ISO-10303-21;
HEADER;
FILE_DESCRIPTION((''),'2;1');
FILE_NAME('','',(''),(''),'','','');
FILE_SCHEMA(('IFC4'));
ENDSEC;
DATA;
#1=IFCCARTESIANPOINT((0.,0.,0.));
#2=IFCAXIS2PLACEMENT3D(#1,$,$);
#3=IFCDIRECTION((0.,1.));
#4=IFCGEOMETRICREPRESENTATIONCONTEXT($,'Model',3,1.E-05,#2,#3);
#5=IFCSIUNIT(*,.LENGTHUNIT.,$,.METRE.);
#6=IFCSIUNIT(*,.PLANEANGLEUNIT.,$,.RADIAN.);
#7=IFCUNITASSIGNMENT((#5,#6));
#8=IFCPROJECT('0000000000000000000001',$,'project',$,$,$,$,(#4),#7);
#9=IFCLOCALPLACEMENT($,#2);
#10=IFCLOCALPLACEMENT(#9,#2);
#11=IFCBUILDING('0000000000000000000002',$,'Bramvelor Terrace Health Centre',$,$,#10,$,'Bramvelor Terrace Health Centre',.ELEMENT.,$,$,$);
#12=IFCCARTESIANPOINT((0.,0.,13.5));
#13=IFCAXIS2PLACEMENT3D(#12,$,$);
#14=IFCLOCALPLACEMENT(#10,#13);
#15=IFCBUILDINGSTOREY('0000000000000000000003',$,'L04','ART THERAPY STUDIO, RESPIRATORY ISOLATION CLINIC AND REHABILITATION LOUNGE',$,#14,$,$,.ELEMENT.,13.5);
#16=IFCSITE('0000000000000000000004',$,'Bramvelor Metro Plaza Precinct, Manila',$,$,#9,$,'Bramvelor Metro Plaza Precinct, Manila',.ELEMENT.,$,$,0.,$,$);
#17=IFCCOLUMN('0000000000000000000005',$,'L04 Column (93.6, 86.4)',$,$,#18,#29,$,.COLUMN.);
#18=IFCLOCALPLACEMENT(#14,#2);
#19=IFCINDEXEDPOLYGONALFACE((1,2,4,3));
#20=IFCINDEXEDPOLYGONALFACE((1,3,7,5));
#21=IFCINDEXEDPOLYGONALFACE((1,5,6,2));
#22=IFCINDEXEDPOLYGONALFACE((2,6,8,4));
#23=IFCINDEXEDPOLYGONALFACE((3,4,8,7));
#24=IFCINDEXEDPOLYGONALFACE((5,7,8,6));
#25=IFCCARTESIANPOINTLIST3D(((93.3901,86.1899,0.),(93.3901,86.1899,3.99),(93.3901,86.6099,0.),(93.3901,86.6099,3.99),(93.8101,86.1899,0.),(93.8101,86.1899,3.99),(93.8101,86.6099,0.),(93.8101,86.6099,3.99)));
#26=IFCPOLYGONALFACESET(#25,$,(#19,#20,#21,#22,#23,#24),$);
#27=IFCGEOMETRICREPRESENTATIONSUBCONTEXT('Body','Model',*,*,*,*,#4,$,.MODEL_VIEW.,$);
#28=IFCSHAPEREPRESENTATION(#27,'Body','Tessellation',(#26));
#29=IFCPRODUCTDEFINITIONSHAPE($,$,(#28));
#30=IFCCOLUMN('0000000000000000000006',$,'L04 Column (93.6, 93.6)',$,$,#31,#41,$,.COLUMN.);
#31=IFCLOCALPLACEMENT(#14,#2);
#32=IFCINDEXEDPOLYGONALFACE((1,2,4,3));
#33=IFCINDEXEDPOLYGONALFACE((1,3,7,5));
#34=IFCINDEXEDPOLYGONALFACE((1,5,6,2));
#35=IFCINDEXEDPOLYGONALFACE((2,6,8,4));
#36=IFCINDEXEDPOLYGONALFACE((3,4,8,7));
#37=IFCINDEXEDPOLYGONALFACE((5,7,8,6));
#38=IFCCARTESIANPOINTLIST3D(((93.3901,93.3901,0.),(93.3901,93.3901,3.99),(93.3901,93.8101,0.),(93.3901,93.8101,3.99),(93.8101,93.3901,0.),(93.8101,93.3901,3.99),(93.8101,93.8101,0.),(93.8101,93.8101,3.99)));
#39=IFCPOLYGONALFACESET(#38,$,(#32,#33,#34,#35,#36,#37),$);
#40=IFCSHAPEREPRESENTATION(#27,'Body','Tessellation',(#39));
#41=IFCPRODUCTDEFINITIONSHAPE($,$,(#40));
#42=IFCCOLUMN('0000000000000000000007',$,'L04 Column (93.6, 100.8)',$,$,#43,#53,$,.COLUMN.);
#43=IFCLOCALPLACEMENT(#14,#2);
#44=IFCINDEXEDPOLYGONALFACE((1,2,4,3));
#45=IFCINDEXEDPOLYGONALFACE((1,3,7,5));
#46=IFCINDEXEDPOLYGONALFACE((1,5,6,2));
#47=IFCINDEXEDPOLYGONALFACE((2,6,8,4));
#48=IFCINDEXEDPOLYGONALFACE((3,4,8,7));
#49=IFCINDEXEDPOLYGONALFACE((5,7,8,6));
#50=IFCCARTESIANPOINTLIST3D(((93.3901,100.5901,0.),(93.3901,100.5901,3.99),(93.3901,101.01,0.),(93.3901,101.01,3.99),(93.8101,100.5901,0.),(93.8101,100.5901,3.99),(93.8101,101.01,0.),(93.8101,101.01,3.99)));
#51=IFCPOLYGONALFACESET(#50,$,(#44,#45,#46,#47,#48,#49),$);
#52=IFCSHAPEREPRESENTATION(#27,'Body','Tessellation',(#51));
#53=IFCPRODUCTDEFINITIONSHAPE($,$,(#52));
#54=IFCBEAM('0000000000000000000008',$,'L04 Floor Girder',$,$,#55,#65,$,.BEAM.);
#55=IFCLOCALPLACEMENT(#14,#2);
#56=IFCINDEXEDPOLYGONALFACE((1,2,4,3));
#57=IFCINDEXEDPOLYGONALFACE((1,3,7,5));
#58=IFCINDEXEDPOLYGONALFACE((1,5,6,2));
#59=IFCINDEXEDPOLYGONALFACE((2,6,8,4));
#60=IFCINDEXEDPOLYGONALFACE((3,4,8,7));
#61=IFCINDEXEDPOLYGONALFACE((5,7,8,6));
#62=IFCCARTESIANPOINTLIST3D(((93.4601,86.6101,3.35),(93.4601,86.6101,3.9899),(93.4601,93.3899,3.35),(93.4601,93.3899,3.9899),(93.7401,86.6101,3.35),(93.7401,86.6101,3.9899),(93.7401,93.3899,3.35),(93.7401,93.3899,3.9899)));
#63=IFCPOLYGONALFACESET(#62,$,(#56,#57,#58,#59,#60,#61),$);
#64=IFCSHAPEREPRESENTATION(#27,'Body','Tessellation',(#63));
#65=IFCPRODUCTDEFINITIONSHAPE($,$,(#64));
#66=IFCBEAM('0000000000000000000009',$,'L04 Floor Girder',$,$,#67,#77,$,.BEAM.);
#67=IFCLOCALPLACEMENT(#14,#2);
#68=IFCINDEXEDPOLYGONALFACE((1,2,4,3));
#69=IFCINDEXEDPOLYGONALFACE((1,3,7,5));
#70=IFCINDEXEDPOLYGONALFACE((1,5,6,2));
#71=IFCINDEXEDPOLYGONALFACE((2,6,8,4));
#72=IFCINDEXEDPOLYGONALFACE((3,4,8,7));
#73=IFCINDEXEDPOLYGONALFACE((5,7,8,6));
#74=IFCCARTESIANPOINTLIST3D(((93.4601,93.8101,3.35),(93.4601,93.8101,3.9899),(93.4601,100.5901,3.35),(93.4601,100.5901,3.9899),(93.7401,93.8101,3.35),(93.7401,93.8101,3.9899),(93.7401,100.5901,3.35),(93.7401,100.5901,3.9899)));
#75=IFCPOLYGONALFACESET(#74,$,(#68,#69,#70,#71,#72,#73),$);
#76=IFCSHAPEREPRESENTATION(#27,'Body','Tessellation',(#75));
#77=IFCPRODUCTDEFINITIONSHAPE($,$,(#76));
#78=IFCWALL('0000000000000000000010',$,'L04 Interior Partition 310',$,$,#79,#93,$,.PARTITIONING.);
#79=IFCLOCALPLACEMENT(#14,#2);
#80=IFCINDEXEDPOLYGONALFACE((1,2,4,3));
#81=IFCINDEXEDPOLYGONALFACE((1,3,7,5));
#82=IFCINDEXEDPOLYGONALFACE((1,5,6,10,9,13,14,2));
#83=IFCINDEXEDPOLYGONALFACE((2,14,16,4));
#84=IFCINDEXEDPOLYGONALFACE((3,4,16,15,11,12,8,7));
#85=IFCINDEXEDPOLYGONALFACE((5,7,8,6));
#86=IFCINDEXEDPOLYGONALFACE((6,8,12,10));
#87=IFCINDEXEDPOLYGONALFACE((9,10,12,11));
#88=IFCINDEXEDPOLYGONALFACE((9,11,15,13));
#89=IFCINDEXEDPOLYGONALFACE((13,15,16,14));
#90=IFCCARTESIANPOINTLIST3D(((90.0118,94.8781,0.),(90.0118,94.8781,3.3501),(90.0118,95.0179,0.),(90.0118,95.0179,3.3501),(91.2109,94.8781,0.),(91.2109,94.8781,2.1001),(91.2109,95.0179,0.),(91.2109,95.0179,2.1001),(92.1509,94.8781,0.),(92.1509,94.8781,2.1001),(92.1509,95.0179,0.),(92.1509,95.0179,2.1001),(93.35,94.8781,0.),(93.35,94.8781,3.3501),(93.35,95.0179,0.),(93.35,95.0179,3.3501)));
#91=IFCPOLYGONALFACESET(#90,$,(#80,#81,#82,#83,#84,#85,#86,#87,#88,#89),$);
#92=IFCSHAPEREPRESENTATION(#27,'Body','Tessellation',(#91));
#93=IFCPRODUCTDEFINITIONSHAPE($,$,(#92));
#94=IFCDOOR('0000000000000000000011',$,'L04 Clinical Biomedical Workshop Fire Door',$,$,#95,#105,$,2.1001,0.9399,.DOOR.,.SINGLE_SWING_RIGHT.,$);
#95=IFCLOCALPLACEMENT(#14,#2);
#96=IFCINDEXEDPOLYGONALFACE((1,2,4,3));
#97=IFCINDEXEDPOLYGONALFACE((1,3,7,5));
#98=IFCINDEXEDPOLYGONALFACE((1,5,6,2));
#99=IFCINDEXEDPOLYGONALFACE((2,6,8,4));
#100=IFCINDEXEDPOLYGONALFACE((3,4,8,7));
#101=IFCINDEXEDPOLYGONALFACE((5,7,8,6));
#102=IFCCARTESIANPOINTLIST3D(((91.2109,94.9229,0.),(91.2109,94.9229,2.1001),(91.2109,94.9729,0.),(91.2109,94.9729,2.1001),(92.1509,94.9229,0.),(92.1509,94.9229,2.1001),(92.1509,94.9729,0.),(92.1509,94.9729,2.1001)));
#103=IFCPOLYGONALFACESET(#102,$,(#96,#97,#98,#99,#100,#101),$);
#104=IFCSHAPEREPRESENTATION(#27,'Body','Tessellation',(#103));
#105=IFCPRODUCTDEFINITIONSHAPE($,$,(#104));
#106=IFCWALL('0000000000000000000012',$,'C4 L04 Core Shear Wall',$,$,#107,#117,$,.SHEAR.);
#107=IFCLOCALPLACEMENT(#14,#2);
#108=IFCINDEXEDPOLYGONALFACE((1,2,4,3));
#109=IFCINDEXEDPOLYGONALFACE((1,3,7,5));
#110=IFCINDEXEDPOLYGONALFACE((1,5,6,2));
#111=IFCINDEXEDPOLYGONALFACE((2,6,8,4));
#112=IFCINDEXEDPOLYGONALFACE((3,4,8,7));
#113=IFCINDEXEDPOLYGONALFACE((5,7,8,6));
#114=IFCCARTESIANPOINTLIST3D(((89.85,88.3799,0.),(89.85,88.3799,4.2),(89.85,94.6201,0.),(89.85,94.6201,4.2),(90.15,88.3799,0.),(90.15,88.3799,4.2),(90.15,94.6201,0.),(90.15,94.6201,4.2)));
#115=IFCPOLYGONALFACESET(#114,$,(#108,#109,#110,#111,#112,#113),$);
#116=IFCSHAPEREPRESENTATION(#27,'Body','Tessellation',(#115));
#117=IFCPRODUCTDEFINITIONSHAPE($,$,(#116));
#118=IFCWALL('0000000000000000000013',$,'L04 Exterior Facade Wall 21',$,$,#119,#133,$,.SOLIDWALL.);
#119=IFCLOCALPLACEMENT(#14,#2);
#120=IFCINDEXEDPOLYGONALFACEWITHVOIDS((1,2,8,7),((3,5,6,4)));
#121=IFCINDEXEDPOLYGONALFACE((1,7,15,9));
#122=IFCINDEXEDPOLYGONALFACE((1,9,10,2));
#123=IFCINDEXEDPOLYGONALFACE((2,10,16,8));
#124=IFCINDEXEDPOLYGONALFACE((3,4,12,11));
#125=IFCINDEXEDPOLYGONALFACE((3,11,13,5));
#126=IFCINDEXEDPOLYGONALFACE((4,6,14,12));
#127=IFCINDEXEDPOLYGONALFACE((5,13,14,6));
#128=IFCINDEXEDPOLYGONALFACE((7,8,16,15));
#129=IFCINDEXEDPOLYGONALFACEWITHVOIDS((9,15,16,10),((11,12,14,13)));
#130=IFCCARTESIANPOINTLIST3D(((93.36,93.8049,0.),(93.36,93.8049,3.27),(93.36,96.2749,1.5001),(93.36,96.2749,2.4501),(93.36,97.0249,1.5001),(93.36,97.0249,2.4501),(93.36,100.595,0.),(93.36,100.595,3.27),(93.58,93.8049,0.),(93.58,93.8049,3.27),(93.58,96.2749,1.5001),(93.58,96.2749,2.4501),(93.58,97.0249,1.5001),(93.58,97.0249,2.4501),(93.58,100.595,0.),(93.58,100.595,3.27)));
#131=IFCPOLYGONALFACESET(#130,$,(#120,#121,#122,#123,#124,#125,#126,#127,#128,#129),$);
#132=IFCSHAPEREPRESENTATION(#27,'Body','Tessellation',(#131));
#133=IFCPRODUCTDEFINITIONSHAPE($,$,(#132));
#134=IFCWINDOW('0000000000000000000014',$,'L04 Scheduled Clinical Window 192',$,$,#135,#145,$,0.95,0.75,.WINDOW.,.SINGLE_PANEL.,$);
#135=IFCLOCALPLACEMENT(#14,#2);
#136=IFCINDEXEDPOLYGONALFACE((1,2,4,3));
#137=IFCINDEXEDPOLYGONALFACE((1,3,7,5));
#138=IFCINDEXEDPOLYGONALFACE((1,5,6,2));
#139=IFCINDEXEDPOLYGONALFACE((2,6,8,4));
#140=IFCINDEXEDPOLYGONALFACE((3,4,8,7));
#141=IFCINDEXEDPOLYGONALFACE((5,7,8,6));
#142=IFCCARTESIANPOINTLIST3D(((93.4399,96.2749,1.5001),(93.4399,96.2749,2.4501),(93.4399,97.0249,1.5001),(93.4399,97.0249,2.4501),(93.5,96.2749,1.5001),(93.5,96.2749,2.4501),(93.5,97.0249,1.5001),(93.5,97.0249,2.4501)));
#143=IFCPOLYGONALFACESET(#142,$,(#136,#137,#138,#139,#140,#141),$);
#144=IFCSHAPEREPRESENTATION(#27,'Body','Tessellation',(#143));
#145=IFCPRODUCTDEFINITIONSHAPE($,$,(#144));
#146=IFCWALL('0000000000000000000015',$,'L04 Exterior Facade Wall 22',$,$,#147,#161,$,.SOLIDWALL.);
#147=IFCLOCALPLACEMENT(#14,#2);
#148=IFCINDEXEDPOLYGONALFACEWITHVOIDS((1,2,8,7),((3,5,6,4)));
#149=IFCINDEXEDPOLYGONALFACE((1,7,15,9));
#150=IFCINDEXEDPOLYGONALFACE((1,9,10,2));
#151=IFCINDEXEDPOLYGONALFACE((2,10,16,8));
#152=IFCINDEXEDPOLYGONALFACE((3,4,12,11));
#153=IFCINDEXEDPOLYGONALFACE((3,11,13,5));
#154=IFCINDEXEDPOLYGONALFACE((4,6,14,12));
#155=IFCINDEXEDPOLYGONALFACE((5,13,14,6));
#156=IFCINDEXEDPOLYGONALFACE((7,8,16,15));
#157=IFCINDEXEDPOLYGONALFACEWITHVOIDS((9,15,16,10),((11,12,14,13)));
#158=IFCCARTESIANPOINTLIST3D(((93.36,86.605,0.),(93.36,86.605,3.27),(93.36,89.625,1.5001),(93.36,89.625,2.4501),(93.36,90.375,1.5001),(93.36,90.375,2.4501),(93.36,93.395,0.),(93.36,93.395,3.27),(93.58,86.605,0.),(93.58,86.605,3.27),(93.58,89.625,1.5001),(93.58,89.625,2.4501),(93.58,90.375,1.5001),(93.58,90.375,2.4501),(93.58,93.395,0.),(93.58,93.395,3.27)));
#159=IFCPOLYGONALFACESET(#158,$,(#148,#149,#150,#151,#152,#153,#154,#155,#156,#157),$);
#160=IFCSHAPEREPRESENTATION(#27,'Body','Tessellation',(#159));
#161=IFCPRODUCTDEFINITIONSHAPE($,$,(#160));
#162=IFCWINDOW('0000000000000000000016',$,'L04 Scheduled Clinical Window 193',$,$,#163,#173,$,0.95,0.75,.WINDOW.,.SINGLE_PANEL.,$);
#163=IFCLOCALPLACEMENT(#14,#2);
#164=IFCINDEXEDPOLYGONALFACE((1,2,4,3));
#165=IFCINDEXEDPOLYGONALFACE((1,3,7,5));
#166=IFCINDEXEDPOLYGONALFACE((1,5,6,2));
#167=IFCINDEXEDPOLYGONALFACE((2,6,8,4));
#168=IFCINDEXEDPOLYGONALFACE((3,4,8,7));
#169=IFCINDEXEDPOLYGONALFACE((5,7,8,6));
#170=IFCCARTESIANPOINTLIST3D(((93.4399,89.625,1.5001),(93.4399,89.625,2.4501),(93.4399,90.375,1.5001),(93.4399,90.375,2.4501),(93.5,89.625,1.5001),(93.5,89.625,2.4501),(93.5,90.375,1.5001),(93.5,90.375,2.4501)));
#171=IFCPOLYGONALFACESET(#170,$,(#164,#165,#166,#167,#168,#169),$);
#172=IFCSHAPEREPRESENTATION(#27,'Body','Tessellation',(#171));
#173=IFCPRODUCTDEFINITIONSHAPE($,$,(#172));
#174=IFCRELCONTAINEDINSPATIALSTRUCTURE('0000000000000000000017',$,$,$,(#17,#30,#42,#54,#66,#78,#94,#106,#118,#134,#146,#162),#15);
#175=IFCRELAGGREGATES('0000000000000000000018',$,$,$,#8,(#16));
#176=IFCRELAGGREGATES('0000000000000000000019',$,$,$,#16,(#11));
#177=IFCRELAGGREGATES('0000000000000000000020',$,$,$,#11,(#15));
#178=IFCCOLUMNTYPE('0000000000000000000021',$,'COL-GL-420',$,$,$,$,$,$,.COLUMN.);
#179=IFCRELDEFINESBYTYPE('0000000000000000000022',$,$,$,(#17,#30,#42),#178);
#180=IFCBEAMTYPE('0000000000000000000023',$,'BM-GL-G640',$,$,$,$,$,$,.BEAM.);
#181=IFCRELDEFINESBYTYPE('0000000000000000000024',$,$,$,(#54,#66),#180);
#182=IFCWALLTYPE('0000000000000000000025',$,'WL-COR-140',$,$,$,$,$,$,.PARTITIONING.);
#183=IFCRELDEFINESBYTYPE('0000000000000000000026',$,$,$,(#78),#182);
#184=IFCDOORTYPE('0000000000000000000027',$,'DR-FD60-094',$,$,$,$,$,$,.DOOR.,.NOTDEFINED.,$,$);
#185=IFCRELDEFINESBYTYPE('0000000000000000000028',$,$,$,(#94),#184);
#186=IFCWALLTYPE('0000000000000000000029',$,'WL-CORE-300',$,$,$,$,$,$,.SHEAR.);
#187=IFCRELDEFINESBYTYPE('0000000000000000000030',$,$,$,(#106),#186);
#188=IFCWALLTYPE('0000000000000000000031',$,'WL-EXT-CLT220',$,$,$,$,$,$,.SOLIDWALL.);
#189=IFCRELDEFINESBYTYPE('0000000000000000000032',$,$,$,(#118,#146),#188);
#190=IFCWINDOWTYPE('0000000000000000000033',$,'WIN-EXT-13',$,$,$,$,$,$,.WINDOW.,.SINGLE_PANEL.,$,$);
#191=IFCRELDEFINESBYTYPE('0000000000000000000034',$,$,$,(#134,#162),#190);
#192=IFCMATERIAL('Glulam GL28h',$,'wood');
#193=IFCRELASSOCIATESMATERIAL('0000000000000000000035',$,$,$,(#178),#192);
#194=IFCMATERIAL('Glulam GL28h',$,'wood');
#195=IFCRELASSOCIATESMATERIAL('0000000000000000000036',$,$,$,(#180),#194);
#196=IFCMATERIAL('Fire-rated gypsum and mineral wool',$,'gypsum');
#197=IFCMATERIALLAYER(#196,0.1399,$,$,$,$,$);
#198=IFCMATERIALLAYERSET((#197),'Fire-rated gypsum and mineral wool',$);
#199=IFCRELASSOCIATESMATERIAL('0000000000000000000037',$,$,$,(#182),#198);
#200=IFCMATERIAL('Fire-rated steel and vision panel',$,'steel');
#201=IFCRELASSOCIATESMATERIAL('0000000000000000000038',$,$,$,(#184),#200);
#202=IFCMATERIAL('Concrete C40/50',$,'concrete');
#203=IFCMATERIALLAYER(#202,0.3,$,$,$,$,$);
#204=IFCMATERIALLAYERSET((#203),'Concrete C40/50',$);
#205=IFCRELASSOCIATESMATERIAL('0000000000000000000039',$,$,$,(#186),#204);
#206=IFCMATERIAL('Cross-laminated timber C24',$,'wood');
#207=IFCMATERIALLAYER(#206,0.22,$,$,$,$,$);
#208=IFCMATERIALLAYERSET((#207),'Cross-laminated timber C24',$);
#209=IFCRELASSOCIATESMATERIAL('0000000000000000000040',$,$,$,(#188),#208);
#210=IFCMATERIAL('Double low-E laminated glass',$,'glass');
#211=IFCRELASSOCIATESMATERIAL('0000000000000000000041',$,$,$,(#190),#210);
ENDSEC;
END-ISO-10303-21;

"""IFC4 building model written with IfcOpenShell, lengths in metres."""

from ifc_helpers import new_model, si_unit, direction, frame, frame_2d, origin, origin_2d, place, context, subcontext, project, spatial, rectangle, extrude, material, layer, layer_set, material_profile, profile_set, type_object, element, fill, save


model = new_model("IFC4")

# Units and contexts
model_context = context("Model", 3, precision=1e-05, world=origin(), true_north=direction((0.0, 1.0)))
body_context = subcontext(model_context, "Body", "Model", "MODEL_VIEW")
ifc_project = project(units=[si_unit("LENGTHUNIT", "METRE"), si_unit("PLANEANGLEUNIT", "RADIAN")], contexts=[model_context])

# Site, building, storey
site_placement = place(None, origin())
site = spatial("IfcSite", under=ifc_project, at=site_placement, Name="Bramvelor Metro Plaza Precinct, Manila", LongName="Bramvelor Metro Plaza Precinct, Manila", CompositionType="ELEMENT", RefElevation=0.0)
building_placement = place(site_placement, origin())
building = spatial("IfcBuilding", under=site, at=building_placement, Name="Bramvelor Terrace Health Centre", LongName="Bramvelor Terrace Health Centre", CompositionType="ELEMENT")
storey_placement = place(building_placement, frame((0.0, 0.0, 13.5)))
storey = spatial("IfcBuildingStorey", under=building, at=storey_placement, Name="L04", Description="ART THERAPY STUDIO, RESPIRATORY ISOLATION CLINIC AND REHABILITATION LOUNGE", CompositionType="ELEMENT", Elevation=13.5)

# Columns
ifc_material_1 = material(Name="Glulam GL28h", Category="wood")
ifc_material_profile_1 = material_profile(ifc_material_1, rectangle(XDim=0.4199, YDim=0.4199, at=origin_2d()), Name="GL 420x420")
ifc_profile_set_1 = profile_set([ifc_material_profile_1], Name="Glulam GL28h")
column_type = type_object("IfcColumnType", Name="COL-GL-420", PredefinedType="COLUMN", material=ifc_profile_set_1)
for number, where, z_axis, x_axis, name in (
    (1, (93.6001, 86.3999, 0.0), (0.0, 0.0, 1.0), (1.0, 0.0, 0.0), "L04 Column (93.6, 86.4)"),
    (2, (93.6001, 93.6001, 0.0), (0.0, 0.0, 1.0), (1.0, 0.0, 0.0), "L04 Column (93.6, 93.6)"),
    (3, (93.6001, 100.8, 0.0), (0.0, 0.0, 1.0), (1.0, 0.0, 0.0), "L04 Column (93.6, 100.8)"),
):
    element("IfcColumn", number, at=place(storey_placement, frame(where, z_axis=z_axis, x_axis=x_axis)), inside=storey, type_object=column_type, Name=name, PredefinedType="COLUMN", context=body_context, shape_type="SweptSolid", body=[
        extrude(rectangle(XDim=0.4199, YDim=0.4199, at=origin_2d()), origin(), (0.0, 0.0, 1.0), 3.99),
    ])

# Beams
ifc_material_2 = material(Name="Glulam GL28h", Category="wood")
ifc_material_profile_2 = material_profile(ifc_material_2, rectangle(XDim=0.28, YDim=0.6399, at=origin_2d()), Name="GL 280x640")
ifc_profile_set_2 = profile_set([ifc_material_profile_2], Name="Glulam GL28h")
beam_type = type_object("IfcBeamType", Name="BM-GL-G640", PredefinedType="BEAM", material=ifc_profile_set_2)
beam_1_placement = place(storey_placement, frame((93.6001, 86.6101, 3.6699), z_axis=(0.0, 1.0, 0.0), x_axis=(-1.0, 0.0, 0.0)))
element("IfcBeam", 4, at=beam_1_placement, inside=storey, type_object=beam_type, Name="L04 Floor Girder", PredefinedType="BEAM", context=body_context, shape_type="SweptSolid", body=[
    extrude(rectangle(XDim=0.28, YDim=0.6399, at=origin_2d()), origin(), (0.0, 0.0, 1.0), 6.7798),
])
beam_2_placement = place(storey_placement, frame((93.6001, 93.8101, 3.6699), z_axis=(0.0, 1.0, 0.0), x_axis=(-1.0, 0.0, 0.0)))
element("IfcBeam", 5, at=beam_2_placement, inside=storey, type_object=beam_type, Name="L04 Floor Girder", PredefinedType="BEAM", context=body_context, shape_type="SweptSolid", body=[
    extrude(rectangle(XDim=0.28, YDim=0.6399, at=origin_2d()), origin(), (0.0, 0.0, 1.0), 6.78),
])

# Wall, opening, door
ifc_material_3 = material(Name="Fire-rated gypsum and mineral wool", Category="gypsum")
ifc_layer_1 = layer(ifc_material_3, 0.1399)
ifc_layer_set_1 = layer_set([ifc_layer_1], Name="Fire-rated gypsum and mineral wool")
wall_type_1 = type_object("IfcWallType", Name="WL-COR-140", PredefinedType="PARTITIONING", material=ifc_layer_set_1)
wall_1_placement = place(storey_placement, frame((90.012, 94.948, 0.0), z_axis=(0.0, 0.0, 1.0), x_axis=(1.0, 0.0, 0.0)))
wall_1 = element("IfcWall", 6, at=wall_1_placement, inside=storey, type_object=wall_type_1, Name="L04 Interior Partition 310", PredefinedType="PARTITIONING", context=body_context, shape_type="SweptSolid", body=[
    extrude(rectangle(XDim=3.3381, YDim=0.1399, at=frame_2d((1.6689, 0.0))), origin(), (0.0, 0.0, 1.0), 3.3501),
])
opening_1_placement = place(wall_1_placement, frame((1.199, 0.0, 0.0)))
opening_1 = element("IfcOpeningElement", 7, at=opening_1_placement, cuts=wall_1, PredefinedType="OPENING", context=body_context, shape_type="SweptSolid", body=[
    extrude(rectangle(XDim=0.9399, YDim=2.1001, at=frame_2d((0.47, 1.05))), frame((0.0, 0.0798, 0.0), z_axis=(0.0, -1.0, 0.0), x_axis=(1.0, 0.0, 0.0)), (0.0, 0.0, 1.0), 0.1599),
])
ifc_material_4 = material(Name="Fire-rated steel and vision panel", Category="steel")
door_type = type_object("IfcDoorType", Name="DR-FD60-094", OperationType="NOTDEFINED", PredefinedType="DOOR", material=ifc_material_4)
door_placement = place(opening_1_placement, origin())
door = element("IfcDoor", 8, at=door_placement, inside=storey, type_object=door_type, Name="L04 Clinical Biomedical Workshop Fire Door", OperationType="SINGLE_SWING_RIGHT", OverallHeight=2.1001, OverallWidth=0.9399, PredefinedType="DOOR", context=body_context, shape_type="SweptSolid", body=[
    extrude(rectangle(XDim=0.9399, YDim=2.1001, at=frame_2d((0.47, 1.05))), frame((0.0, 0.0249, 0.0), z_axis=(0.0, -1.0, 0.0), x_axis=(1.0, 0.0, 0.0)), (0.0, 0.0, 1.0), 0.05),
])
fill(opening_1, door)

# Wall
ifc_material_5 = material(Name="Concrete C40/50", Category="concrete")
ifc_layer_2 = layer(ifc_material_5, 0.3)
ifc_layer_set_2 = layer_set([ifc_layer_2], Name="Concrete C40/50")
wall_type_2 = type_object("IfcWallType", Name="WL-CORE-300", PredefinedType="SHEAR", material=ifc_layer_set_2)
wall_2_placement = place(storey_placement, frame((90.0, 88.3799, 0.0), z_axis=(0.0, 0.0, 1.0), x_axis=(0.0, 1.0, 0.0)))
element("IfcWall", 9, at=wall_2_placement, inside=storey, type_object=wall_type_2, Name="C4 L04 Core Shear Wall", PredefinedType="SHEAR", context=body_context, shape_type="SweptSolid", body=[
    extrude(rectangle(XDim=6.2402, YDim=0.3, at=frame_2d((3.1201, 0.0))), origin(), (0.0, 0.0, 1.0), 4.2),
])

# Walls, openings, windows
ifc_material_6 = material(Name="Cross-laminated timber C24", Category="wood")
ifc_layer_3 = layer(ifc_material_6, 0.22)
ifc_layer_set_3 = layer_set([ifc_layer_3], Name="Cross-laminated timber C24")
wall_type_3 = type_object("IfcWallType", Name="WL-EXT-CLT220", PredefinedType="SOLIDWALL", material=ifc_layer_set_3)
wall_3_placement = place(storey_placement, frame((93.47, 100.595, 0.0), z_axis=(0.0, 0.0, 1.0), x_axis=(0.0, -1.0, 0.0)))
wall_3 = element("IfcWall", 10, at=wall_3_placement, inside=storey, type_object=wall_type_3, Name="L04 Exterior Facade Wall 21", PredefinedType="SOLIDWALL", context=body_context, shape_type="SweptSolid", body=[
    extrude(rectangle(XDim=6.79, YDim=0.22, at=frame_2d((3.395, 0.0))), origin(), (0.0, 0.0, 1.0), 3.27),
])
opening_2_placement = place(wall_3_placement, frame((3.5701, 0.0, 1.5)))
opening_2 = element("IfcOpeningElement", 11, at=opening_2_placement, cuts=wall_3, PredefinedType="OPENING", context=body_context, shape_type="SweptSolid", body=[
    extrude(rectangle(XDim=0.75, YDim=0.95, at=frame_2d((0.375, 0.4751))), frame((0.0, 0.1199, 0.0), z_axis=(0.0, -1.0, 0.0), x_axis=(1.0, 0.0, 0.0)), (0.0, 0.0, 1.0), 0.24),
])
ifc_material_7 = material(Name="Double low-E laminated glass", Category="glass")
window_type_1 = type_object("IfcWindowType", Name="WIN-EXT-13", PartitioningType="SINGLE_PANEL", PredefinedType="WINDOW", material=ifc_material_7)
window_1_placement = place(opening_2_placement, origin())
window_1 = element("IfcWindow", 12, at=window_1_placement, inside=storey, type_object=window_type_1, Name="L04 Scheduled Clinical Window 192", OverallHeight=0.95, OverallWidth=0.75, PartitioningType="SINGLE_PANEL", PredefinedType="WINDOW", context=body_context, shape_type="SweptSolid", body=[
    extrude(rectangle(XDim=0.75, YDim=0.95, at=frame_2d((0.375, 0.4751))), frame((0.0, 0.03, 0.0), z_axis=(0.0, -1.0, 0.0), x_axis=(1.0, 0.0, 0.0)), (0.0, 0.0, 1.0), 0.0601),
])
fill(opening_2, window_1)
wall_4_placement = place(storey_placement, frame((93.47, 93.395, 0.0), z_axis=(0.0, 0.0, 1.0), x_axis=(0.0, -1.0, 0.0)))
wall_4 = element("IfcWall", 13, at=wall_4_placement, inside=storey, type_object=wall_type_3, Name="L04 Exterior Facade Wall 22", PredefinedType="SOLIDWALL", context=body_context, shape_type="SweptSolid", body=[
    extrude(rectangle(XDim=6.79, YDim=0.22, at=frame_2d((3.395, 0.0))), origin(), (0.0, 0.0, 1.0), 3.27),
])
opening_3_placement = place(wall_4_placement, frame((3.02, 0.0, 1.5)))
opening_3 = element("IfcOpeningElement", 14, at=opening_3_placement, cuts=wall_4, PredefinedType="OPENING", context=body_context, shape_type="SweptSolid", body=[
    extrude(rectangle(XDim=0.75, YDim=0.95, at=frame_2d((0.375, 0.4751))), frame((0.0, 0.1199, 0.0), z_axis=(0.0, -1.0, 0.0), x_axis=(1.0, 0.0, 0.0)), (0.0, 0.0, 1.0), 0.24),
])
window_2_placement = place(opening_3_placement, origin())
window_2 = element("IfcWindow", 15, at=window_2_placement, inside=storey, type_object=window_type_1, Name="L04 Scheduled Clinical Window 193", OverallHeight=0.95, OverallWidth=0.75, PartitioningType="SINGLE_PANEL", PredefinedType="WINDOW", context=body_context, shape_type="SweptSolid", body=[
    extrude(rectangle(XDim=0.75, YDim=0.95, at=frame_2d((0.375, 0.4751))), frame((0.0, 0.03, 0.0), z_axis=(0.0, -1.0, 0.0), x_axis=(1.0, 0.0, 0.0)), (0.0, 0.0, 1.0), 0.0601),
])
fill(opening_3, window_2)

save(model, "model.ifc")
